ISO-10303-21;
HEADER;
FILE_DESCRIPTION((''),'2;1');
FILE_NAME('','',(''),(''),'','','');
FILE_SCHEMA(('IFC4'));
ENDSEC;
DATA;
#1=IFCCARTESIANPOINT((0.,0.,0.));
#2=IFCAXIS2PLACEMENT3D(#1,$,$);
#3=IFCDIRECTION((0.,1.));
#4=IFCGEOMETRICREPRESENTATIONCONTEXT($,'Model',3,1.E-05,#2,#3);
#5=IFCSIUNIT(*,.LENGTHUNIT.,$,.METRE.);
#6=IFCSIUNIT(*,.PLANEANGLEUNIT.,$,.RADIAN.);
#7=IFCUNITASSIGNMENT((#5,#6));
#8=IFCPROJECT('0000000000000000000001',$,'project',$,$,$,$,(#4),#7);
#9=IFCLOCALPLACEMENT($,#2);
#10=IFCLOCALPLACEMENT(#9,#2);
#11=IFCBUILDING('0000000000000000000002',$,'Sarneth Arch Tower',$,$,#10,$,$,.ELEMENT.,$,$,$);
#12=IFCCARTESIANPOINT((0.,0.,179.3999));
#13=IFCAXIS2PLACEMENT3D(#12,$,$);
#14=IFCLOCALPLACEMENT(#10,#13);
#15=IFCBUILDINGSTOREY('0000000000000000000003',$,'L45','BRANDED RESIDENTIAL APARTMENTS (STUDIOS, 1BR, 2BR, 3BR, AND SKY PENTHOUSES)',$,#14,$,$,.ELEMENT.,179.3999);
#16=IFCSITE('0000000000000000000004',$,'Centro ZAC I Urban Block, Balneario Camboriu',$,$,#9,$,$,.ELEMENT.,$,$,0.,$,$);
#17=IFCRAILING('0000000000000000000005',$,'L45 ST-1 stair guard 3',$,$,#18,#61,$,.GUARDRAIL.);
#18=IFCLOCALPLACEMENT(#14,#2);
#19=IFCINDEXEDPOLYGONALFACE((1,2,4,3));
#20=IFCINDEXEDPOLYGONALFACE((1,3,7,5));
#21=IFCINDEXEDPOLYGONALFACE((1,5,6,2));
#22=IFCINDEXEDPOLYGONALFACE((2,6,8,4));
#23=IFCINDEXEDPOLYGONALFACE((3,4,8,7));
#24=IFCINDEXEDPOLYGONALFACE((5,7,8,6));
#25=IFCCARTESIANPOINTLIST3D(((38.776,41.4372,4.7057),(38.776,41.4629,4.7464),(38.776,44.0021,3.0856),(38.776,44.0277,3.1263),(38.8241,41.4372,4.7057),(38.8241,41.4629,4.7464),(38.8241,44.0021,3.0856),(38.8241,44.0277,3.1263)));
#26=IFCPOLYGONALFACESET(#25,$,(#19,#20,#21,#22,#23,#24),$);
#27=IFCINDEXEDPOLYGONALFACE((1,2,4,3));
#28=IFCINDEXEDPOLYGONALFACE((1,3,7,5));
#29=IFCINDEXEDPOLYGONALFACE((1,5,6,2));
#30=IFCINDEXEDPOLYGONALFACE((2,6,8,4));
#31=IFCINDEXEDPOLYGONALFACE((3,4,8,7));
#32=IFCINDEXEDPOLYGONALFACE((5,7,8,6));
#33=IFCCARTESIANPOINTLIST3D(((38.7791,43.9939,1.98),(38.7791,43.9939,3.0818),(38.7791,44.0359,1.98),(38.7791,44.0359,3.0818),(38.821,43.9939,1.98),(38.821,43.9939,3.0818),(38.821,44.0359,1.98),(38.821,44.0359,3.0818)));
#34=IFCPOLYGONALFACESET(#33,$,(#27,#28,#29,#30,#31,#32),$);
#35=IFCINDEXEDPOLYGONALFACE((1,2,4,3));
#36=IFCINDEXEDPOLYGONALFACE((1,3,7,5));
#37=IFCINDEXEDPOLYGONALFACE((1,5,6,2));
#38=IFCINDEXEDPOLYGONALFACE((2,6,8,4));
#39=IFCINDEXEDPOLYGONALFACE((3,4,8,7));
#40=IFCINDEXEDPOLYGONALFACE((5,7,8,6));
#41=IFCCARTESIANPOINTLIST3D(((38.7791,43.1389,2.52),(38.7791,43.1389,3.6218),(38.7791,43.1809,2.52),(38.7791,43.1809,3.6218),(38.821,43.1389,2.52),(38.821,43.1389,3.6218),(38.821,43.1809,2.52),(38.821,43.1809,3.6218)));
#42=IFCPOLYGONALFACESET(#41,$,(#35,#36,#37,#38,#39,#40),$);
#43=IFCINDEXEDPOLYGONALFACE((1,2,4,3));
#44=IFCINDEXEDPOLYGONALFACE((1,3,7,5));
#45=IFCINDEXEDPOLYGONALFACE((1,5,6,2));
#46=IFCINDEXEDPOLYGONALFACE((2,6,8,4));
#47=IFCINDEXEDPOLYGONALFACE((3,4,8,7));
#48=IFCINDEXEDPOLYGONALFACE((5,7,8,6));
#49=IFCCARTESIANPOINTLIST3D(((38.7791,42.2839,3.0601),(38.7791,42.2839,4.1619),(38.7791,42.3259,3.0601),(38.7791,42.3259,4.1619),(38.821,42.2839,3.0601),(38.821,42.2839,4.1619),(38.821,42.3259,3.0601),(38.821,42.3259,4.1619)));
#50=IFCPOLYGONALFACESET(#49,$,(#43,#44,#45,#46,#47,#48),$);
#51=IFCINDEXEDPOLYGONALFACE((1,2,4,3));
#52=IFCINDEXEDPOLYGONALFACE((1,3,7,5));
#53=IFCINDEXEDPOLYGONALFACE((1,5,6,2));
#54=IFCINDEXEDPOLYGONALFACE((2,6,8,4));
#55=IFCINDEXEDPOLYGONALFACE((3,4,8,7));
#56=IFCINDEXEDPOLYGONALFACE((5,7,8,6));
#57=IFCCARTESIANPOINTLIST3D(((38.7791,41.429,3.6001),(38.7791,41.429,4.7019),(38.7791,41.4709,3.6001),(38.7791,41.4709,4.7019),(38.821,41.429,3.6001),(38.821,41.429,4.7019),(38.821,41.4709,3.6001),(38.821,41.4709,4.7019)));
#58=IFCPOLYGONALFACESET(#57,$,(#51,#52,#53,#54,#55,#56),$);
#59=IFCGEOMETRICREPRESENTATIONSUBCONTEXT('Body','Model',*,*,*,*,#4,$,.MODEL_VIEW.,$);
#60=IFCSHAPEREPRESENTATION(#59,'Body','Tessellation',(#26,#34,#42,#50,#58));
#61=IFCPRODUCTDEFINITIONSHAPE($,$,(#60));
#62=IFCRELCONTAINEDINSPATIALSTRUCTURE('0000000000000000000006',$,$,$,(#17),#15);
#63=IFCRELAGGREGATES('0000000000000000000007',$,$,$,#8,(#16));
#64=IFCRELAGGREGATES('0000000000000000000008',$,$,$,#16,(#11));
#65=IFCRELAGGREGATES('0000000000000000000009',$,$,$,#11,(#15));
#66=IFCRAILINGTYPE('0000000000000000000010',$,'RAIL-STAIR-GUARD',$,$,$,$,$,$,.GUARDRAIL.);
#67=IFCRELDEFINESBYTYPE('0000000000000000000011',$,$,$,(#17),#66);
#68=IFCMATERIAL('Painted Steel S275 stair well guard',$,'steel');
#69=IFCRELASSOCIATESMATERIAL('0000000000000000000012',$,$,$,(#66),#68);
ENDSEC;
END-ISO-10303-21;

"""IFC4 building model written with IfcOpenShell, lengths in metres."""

from ifc_helpers import new_model, si_unit, direction, frame, origin, origin_2d, place, context, subcontext, project, spatial, rectangle, extrude, material, type_object, element, save


model = new_model("IFC4")

# Units and contexts
model_context = context("Model", 3, precision=1e-05, world=origin(), true_north=direction((0.0, 1.0)))
body_context = subcontext(model_context, "Body", "Model", "MODEL_VIEW")
ifc_project = project(units=[si_unit("LENGTHUNIT", "METRE"), si_unit("PLANEANGLEUNIT", "RADIAN")], contexts=[model_context])

# Site, building, storey
site_placement = place(None, origin())
site = spatial("IfcSite", under=ifc_project, at=site_placement, Name="Centro ZAC I Urban Block, Balneario Camboriu", CompositionType="ELEMENT", RefElevation=0.0)
building_placement = place(site_placement, origin())
building = spatial("IfcBuilding", under=site, at=building_placement, Name="Sarneth Arch Tower", CompositionType="ELEMENT")
storey_placement = place(building_placement, frame((0.0, 0.0, 179.3999)))
storey = spatial("IfcBuildingStorey", under=building, at=storey_placement, Name="L45", Description="BRANDED RESIDENTIAL APARTMENTS (STUDIOS, 1BR, 2BR, 3BR, AND SKY PENTHOUSES)", CompositionType="ELEMENT", Elevation=179.3999)

# Railing
ifc_material_1 = material(Name="Painted Steel S275 stair well guard", Category="steel")
railing_type_1 = type_object("IfcRailingType", Name="RAIL-STAIR-GUARD", PredefinedType="GUARDRAIL", material=ifc_material_1)
railing_1_placement = place(storey_placement, frame((38.8, 44.0149, 1.98)))
element("IfcRailing", 1, at=railing_1_placement, inside=storey, type_object=railing_type_1, Name="L45 ST-1 stair guard 3", PredefinedType="GUARDRAIL", context=body_context, shape_type="SweptSolid", body=[
    extrude(rectangle(XDim=0.0481, YDim=0.0481, at=origin_2d()), frame((0.0, 0.0, 1.126), z_axis=(0.0, -0.845466, 0.534029), x_axis=(1.0, 0.0, 0.0)), (0.0, 0.0, 1.0), 3.0337),
    extrude(rectangle(XDim=0.042, YDim=0.042, at=origin_2d()), origin(), (0.0, 0.0, 1.0), 1.1018),
    extrude(rectangle(XDim=0.042, YDim=0.042, at=origin_2d()), frame((0.0, -0.855, 0.54)), (0.0, 0.0, 1.0), 1.1018),
    extrude(rectangle(XDim=0.042, YDim=0.042, at=origin_2d()), frame((0.0, -1.71, 1.0801)), (0.0, 0.0, 1.0), 1.1018),
    extrude(rectangle(XDim=0.042, YDim=0.042, at=origin_2d()), frame((0.0, -2.5649, 1.6201)), (0.0, 0.0, 1.0), 1.1018),
])

save(model, "model.ifc")
